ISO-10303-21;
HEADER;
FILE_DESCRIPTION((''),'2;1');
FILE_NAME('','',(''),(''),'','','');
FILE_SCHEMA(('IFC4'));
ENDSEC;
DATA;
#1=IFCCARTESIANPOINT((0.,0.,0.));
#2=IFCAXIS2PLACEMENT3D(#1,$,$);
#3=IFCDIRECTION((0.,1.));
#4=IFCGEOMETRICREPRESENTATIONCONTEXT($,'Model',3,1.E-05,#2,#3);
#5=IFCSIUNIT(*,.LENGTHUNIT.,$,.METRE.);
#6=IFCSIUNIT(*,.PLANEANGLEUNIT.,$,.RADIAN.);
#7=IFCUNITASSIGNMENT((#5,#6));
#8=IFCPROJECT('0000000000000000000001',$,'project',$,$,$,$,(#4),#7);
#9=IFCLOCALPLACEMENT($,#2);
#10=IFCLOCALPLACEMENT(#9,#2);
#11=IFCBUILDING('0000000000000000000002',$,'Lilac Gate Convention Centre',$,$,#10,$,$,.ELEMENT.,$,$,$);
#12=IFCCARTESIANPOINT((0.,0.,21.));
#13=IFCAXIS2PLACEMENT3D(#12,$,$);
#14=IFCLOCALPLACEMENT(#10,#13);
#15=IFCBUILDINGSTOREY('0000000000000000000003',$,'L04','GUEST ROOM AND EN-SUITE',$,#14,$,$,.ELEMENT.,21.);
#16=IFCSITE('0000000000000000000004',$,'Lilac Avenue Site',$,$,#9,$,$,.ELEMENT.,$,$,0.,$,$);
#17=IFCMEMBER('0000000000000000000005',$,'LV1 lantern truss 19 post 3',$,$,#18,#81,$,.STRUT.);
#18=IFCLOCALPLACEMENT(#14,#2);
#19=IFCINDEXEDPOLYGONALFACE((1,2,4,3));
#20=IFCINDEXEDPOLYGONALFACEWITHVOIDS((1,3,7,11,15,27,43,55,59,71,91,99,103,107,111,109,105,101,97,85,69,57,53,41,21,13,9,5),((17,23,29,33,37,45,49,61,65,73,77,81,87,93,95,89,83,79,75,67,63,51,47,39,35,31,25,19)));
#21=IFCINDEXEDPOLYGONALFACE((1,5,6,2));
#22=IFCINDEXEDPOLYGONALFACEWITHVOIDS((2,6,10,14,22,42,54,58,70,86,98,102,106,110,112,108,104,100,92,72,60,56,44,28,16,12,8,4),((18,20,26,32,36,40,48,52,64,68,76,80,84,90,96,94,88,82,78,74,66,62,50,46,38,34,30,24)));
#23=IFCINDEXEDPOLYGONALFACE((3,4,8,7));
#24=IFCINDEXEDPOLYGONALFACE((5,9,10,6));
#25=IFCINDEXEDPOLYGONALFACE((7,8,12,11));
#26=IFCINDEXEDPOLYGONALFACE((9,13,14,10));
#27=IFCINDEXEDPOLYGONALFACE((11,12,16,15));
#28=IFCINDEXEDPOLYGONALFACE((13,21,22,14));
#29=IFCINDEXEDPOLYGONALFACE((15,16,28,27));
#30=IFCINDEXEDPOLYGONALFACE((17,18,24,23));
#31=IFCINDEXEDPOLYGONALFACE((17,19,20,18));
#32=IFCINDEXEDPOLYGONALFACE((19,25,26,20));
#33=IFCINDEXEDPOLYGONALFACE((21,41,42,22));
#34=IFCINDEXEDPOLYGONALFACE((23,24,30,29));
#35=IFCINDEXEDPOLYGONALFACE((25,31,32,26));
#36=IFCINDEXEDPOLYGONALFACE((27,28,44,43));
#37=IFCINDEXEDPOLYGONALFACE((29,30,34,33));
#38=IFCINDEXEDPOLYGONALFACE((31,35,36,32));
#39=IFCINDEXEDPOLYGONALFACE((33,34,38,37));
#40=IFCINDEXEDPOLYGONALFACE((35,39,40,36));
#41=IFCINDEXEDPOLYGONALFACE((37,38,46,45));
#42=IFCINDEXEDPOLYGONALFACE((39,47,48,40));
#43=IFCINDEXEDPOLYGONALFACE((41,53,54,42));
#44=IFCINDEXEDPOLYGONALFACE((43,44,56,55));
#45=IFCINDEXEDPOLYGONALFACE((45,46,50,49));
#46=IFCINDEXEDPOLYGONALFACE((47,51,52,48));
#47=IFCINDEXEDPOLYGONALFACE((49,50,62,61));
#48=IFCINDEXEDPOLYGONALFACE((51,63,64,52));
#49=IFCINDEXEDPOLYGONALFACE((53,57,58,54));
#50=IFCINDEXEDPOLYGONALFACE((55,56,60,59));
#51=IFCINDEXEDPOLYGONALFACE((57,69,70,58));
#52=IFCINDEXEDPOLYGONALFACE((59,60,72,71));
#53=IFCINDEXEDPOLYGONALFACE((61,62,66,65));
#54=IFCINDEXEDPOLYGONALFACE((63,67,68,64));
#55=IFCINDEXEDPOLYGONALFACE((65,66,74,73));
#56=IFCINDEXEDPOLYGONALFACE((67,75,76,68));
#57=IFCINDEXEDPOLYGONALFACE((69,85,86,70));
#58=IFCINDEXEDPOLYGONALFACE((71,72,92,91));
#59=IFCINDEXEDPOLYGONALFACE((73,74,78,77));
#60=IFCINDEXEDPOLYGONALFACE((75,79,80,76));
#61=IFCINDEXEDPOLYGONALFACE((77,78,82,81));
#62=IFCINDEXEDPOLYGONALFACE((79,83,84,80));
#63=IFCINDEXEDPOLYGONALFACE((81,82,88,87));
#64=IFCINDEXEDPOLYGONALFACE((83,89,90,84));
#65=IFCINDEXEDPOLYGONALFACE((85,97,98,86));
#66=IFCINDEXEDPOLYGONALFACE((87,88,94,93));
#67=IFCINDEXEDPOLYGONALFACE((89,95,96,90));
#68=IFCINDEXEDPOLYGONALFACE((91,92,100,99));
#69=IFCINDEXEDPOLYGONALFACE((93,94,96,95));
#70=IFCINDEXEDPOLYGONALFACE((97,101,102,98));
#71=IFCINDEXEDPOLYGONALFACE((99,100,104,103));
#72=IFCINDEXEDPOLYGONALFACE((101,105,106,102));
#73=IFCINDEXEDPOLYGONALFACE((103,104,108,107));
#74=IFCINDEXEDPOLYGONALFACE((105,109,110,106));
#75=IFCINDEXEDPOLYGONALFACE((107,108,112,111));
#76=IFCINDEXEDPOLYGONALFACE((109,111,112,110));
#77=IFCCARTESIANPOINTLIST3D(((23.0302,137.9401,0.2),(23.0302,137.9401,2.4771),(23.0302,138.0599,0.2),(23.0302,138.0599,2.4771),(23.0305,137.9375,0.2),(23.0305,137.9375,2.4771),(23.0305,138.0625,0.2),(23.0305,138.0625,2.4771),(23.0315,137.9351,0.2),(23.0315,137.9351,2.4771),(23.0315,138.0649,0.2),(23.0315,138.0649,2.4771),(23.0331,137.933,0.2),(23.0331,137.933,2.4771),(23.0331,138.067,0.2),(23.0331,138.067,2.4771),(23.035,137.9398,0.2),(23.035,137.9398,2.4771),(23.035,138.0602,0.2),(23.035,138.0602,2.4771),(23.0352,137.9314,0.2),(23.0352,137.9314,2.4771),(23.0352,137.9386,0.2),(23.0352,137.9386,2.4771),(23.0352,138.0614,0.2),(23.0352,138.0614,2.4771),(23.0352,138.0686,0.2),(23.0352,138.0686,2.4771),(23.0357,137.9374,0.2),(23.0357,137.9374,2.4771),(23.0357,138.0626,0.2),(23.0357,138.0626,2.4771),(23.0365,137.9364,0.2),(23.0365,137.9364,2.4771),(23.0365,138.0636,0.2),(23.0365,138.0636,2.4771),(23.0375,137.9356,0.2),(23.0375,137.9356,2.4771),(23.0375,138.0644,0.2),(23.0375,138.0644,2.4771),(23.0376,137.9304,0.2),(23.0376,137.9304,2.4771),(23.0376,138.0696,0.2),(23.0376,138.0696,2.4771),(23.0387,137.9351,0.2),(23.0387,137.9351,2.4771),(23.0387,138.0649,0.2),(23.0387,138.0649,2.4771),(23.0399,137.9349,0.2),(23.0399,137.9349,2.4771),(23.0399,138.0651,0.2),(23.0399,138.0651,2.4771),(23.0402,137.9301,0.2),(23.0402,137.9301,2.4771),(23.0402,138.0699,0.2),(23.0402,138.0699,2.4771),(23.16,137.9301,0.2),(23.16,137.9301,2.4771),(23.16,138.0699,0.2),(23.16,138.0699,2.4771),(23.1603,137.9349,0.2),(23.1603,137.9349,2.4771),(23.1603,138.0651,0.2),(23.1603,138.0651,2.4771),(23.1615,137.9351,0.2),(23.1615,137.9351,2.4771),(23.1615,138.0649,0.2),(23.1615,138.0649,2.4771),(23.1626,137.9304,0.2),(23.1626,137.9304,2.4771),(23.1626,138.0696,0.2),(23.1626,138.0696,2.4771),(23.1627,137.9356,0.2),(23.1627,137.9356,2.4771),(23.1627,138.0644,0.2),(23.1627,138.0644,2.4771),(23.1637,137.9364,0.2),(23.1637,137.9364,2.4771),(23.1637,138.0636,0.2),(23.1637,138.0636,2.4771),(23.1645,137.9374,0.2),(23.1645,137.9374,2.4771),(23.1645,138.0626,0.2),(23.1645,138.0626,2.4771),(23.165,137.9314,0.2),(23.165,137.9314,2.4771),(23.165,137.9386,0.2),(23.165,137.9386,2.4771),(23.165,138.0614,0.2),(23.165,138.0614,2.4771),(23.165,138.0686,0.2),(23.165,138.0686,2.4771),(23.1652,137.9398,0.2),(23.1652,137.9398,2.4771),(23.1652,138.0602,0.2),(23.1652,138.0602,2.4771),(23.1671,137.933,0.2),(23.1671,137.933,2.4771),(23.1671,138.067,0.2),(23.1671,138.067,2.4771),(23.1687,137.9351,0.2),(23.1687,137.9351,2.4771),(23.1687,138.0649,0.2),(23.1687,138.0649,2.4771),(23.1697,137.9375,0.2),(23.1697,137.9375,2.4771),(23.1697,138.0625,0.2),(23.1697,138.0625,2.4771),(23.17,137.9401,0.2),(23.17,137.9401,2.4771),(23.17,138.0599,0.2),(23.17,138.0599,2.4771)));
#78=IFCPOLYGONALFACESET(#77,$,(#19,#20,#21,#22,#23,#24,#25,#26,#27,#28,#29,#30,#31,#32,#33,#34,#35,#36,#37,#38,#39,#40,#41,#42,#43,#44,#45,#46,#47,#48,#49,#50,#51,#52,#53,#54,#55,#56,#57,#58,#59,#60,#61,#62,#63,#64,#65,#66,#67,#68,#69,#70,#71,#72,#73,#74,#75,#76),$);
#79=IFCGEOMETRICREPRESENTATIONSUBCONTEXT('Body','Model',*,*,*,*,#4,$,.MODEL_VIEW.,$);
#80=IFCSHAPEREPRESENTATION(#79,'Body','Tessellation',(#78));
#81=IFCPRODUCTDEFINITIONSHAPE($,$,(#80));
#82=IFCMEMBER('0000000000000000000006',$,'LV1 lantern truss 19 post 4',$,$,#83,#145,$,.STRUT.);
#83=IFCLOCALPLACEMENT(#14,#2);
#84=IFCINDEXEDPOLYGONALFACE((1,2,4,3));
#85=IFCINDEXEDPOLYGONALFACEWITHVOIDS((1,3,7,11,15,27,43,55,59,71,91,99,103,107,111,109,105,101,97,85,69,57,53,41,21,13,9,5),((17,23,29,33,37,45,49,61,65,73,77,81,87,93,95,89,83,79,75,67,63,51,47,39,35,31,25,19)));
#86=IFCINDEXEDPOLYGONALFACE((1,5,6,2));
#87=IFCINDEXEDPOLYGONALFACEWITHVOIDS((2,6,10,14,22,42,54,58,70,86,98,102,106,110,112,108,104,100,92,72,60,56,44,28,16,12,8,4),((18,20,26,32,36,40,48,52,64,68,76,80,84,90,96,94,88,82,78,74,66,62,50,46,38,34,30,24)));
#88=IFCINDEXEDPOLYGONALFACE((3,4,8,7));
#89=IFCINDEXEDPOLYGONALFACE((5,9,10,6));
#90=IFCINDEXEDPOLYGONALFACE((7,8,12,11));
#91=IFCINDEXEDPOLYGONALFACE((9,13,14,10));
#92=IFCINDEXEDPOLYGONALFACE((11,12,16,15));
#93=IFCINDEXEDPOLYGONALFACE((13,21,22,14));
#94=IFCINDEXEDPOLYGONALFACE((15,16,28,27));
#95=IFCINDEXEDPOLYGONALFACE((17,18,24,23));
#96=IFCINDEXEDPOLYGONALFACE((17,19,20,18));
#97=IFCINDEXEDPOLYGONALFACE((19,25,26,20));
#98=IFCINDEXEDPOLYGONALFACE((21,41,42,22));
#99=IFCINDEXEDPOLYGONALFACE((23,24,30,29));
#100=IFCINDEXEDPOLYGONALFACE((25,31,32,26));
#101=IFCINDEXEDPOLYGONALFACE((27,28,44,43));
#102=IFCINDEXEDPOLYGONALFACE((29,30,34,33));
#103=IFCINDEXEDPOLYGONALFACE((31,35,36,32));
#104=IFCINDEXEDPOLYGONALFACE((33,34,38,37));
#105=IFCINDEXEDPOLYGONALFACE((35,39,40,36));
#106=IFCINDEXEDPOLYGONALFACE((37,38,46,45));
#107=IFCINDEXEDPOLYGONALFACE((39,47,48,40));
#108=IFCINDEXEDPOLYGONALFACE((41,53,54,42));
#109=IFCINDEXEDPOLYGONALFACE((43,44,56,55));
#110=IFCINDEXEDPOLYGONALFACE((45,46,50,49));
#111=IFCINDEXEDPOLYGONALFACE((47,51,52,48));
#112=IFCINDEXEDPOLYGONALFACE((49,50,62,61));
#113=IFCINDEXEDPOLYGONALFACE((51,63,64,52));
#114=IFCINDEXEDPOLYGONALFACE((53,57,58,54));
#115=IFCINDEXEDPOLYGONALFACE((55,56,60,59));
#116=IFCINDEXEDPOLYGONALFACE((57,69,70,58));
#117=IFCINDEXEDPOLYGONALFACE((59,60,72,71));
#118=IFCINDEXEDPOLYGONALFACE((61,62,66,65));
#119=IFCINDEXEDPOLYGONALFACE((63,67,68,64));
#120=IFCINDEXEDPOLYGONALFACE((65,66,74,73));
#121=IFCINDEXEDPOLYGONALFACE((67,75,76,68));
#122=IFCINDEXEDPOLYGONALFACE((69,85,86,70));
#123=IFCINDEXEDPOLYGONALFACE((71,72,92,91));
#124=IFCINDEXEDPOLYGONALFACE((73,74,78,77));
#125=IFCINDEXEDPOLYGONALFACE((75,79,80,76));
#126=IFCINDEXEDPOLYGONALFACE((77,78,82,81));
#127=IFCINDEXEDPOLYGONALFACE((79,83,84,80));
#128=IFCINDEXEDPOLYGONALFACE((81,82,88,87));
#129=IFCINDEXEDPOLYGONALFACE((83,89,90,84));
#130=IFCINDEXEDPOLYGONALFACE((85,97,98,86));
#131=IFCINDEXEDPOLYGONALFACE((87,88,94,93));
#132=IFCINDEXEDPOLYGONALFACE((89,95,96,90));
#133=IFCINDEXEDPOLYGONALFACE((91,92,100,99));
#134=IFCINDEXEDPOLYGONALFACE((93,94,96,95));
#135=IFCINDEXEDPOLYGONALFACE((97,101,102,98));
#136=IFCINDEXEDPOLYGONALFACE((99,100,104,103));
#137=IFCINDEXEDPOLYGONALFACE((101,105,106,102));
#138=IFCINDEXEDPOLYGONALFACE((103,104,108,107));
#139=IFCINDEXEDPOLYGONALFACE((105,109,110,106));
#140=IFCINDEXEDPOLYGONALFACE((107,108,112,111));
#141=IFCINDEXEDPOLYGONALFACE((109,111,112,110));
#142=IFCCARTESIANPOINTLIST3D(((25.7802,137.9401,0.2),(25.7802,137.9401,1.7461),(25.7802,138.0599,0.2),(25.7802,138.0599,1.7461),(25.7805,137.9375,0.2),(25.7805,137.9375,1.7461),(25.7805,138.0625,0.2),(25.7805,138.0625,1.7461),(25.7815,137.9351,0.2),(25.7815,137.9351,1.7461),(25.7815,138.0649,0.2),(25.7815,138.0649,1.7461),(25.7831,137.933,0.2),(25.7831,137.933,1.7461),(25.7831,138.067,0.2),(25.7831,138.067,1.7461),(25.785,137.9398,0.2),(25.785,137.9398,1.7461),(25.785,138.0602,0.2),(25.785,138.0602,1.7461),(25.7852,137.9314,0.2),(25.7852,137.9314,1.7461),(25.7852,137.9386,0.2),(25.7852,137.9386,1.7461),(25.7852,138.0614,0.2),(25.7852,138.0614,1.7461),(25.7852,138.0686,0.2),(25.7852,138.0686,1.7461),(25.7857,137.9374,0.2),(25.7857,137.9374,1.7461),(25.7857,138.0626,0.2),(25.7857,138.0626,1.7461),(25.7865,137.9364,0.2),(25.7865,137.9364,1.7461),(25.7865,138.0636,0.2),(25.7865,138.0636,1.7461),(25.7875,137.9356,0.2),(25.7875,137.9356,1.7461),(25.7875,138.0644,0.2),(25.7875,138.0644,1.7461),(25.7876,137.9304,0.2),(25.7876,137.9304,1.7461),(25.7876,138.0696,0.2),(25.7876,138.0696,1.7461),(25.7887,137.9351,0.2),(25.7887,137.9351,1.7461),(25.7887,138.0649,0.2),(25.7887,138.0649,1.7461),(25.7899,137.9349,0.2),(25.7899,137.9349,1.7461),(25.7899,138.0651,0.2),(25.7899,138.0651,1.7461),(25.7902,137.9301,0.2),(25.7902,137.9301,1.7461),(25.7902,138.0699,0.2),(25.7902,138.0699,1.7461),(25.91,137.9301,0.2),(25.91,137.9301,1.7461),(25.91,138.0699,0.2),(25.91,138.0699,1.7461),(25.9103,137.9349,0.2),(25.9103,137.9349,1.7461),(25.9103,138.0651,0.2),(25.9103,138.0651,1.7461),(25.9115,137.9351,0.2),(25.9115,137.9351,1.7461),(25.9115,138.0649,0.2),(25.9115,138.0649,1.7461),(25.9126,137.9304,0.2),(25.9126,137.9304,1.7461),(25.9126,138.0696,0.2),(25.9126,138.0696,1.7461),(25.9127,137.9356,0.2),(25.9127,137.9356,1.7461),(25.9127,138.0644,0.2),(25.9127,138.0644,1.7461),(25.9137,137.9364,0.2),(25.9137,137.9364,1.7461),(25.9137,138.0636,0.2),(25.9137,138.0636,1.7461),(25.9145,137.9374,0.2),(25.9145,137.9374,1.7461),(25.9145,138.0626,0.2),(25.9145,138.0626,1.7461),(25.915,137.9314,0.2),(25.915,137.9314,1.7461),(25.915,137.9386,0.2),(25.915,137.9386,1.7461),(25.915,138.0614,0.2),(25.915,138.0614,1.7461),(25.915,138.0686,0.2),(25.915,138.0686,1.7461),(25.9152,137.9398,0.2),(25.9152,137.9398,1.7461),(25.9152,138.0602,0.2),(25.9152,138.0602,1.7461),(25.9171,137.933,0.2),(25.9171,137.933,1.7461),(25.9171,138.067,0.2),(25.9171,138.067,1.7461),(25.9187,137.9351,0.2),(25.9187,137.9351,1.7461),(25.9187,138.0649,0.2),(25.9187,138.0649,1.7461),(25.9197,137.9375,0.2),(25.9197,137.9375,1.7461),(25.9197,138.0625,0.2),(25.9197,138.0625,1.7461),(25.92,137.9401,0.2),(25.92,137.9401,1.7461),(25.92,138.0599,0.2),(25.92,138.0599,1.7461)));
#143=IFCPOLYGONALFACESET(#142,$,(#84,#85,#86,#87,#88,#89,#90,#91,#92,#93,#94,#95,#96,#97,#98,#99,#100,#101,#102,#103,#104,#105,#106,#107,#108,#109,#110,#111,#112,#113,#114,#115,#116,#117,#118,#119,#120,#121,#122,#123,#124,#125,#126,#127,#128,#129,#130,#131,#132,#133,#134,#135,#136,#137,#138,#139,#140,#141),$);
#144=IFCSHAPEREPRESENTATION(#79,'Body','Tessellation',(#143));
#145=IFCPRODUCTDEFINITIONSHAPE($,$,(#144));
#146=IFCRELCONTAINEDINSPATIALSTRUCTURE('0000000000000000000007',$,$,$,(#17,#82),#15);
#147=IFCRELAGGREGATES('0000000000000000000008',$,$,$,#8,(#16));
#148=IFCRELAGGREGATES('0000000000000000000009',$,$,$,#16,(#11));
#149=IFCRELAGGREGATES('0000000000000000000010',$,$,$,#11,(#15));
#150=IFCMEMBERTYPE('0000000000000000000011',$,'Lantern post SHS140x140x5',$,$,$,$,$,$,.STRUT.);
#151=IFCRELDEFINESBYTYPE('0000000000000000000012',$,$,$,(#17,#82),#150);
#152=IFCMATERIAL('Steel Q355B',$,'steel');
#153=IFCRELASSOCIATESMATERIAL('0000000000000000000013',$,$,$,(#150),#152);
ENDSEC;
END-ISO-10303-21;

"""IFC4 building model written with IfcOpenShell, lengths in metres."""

from ifc_helpers import new_model, si_unit, direction, frame, origin, origin_2d, place, context, subcontext, project, spatial, hollow_rectangle, extrude, material, material_profile, profile_set, type_object, element, save


model = new_model("IFC4")

# Units and contexts
model_context = context("Model", 3, precision=1e-05, world=origin(), true_north=direction((0.0, 1.0)))
body_context = subcontext(model_context, "Body", "Model", "MODEL_VIEW")
ifc_project = project(units=[si_unit("LENGTHUNIT", "METRE"), si_unit("PLANEANGLEUNIT", "RADIAN")], contexts=[model_context])

# Site, building, storey
site_placement = place(None, origin())
site = spatial("IfcSite", under=ifc_project, at=site_placement, Name="Lilac Avenue Site", CompositionType="ELEMENT", RefElevation=0.0)
building_placement = place(site_placement, origin())
building = spatial("IfcBuilding", under=site, at=building_placement, Name="Lilac Gate Convention Centre", CompositionType="ELEMENT")
storey_placement = place(building_placement, frame((0.0, 0.0, 21.0)))
storey = spatial("IfcBuildingStorey", under=building, at=storey_placement, Name="L04", Description="GUEST ROOM AND EN-SUITE", CompositionType="ELEMENT", Elevation=21.0)

# Members
ifc_material_1 = material(Name="Steel Q355B", Category="steel")
ifc_material_profile_1 = material_profile(ifc_material_1, hollow_rectangle(XDim=0.1399, YDim=0.1399, WallThickness=0.0049, InnerFilletRadius=0.0049, OuterFilletRadius=0.01, at=origin_2d()), Name="SHS140x140x5")
ifc_profile_set_1 = profile_set([ifc_material_profile_1], Name="Steel Q355B")
member_type_1 = type_object("IfcMemberType", Name="Lantern post SHS140x140x5", PredefinedType="STRUT", material=ifc_profile_set_1)
member_1_placement = place(storey_placement, frame((23.1001, 138.0, 0.2), z_axis=(0.0, 0.0, 1.0), x_axis=(1.0, 0.0, 0.0)))
element("IfcMember", 1, at=member_1_placement, inside=storey, type_object=member_type_1, Name="LV1 lantern truss 19 post 3", PredefinedType="STRUT", context=body_context, shape_type="SweptSolid", body=[
    extrude(hollow_rectangle(XDim=0.1399, YDim=0.1399, WallThickness=0.0049, InnerFilletRadius=0.0049, OuterFilletRadius=0.01, at=origin_2d()), origin(), (0.0, 0.0, 1.0), 2.2771),
])
member_2_placement = place(storey_placement, frame((25.8501, 138.0, 0.2), z_axis=(0.0, 0.0, 1.0), x_axis=(1.0, 0.0, 0.0)))
element("IfcMember", 2, at=member_2_placement, inside=storey, type_object=member_type_1, Name="LV1 lantern truss 19 post 4", PredefinedType="STRUT", context=body_context, shape_type="SweptSolid", body=[
    extrude(hollow_rectangle(XDim=0.1399, YDim=0.1399, WallThickness=0.0049, InnerFilletRadius=0.0049, OuterFilletRadius=0.01, at=origin_2d()), origin(), (0.0, 0.0, 1.0), 1.5461),
])

save(model, "model.ifc")
